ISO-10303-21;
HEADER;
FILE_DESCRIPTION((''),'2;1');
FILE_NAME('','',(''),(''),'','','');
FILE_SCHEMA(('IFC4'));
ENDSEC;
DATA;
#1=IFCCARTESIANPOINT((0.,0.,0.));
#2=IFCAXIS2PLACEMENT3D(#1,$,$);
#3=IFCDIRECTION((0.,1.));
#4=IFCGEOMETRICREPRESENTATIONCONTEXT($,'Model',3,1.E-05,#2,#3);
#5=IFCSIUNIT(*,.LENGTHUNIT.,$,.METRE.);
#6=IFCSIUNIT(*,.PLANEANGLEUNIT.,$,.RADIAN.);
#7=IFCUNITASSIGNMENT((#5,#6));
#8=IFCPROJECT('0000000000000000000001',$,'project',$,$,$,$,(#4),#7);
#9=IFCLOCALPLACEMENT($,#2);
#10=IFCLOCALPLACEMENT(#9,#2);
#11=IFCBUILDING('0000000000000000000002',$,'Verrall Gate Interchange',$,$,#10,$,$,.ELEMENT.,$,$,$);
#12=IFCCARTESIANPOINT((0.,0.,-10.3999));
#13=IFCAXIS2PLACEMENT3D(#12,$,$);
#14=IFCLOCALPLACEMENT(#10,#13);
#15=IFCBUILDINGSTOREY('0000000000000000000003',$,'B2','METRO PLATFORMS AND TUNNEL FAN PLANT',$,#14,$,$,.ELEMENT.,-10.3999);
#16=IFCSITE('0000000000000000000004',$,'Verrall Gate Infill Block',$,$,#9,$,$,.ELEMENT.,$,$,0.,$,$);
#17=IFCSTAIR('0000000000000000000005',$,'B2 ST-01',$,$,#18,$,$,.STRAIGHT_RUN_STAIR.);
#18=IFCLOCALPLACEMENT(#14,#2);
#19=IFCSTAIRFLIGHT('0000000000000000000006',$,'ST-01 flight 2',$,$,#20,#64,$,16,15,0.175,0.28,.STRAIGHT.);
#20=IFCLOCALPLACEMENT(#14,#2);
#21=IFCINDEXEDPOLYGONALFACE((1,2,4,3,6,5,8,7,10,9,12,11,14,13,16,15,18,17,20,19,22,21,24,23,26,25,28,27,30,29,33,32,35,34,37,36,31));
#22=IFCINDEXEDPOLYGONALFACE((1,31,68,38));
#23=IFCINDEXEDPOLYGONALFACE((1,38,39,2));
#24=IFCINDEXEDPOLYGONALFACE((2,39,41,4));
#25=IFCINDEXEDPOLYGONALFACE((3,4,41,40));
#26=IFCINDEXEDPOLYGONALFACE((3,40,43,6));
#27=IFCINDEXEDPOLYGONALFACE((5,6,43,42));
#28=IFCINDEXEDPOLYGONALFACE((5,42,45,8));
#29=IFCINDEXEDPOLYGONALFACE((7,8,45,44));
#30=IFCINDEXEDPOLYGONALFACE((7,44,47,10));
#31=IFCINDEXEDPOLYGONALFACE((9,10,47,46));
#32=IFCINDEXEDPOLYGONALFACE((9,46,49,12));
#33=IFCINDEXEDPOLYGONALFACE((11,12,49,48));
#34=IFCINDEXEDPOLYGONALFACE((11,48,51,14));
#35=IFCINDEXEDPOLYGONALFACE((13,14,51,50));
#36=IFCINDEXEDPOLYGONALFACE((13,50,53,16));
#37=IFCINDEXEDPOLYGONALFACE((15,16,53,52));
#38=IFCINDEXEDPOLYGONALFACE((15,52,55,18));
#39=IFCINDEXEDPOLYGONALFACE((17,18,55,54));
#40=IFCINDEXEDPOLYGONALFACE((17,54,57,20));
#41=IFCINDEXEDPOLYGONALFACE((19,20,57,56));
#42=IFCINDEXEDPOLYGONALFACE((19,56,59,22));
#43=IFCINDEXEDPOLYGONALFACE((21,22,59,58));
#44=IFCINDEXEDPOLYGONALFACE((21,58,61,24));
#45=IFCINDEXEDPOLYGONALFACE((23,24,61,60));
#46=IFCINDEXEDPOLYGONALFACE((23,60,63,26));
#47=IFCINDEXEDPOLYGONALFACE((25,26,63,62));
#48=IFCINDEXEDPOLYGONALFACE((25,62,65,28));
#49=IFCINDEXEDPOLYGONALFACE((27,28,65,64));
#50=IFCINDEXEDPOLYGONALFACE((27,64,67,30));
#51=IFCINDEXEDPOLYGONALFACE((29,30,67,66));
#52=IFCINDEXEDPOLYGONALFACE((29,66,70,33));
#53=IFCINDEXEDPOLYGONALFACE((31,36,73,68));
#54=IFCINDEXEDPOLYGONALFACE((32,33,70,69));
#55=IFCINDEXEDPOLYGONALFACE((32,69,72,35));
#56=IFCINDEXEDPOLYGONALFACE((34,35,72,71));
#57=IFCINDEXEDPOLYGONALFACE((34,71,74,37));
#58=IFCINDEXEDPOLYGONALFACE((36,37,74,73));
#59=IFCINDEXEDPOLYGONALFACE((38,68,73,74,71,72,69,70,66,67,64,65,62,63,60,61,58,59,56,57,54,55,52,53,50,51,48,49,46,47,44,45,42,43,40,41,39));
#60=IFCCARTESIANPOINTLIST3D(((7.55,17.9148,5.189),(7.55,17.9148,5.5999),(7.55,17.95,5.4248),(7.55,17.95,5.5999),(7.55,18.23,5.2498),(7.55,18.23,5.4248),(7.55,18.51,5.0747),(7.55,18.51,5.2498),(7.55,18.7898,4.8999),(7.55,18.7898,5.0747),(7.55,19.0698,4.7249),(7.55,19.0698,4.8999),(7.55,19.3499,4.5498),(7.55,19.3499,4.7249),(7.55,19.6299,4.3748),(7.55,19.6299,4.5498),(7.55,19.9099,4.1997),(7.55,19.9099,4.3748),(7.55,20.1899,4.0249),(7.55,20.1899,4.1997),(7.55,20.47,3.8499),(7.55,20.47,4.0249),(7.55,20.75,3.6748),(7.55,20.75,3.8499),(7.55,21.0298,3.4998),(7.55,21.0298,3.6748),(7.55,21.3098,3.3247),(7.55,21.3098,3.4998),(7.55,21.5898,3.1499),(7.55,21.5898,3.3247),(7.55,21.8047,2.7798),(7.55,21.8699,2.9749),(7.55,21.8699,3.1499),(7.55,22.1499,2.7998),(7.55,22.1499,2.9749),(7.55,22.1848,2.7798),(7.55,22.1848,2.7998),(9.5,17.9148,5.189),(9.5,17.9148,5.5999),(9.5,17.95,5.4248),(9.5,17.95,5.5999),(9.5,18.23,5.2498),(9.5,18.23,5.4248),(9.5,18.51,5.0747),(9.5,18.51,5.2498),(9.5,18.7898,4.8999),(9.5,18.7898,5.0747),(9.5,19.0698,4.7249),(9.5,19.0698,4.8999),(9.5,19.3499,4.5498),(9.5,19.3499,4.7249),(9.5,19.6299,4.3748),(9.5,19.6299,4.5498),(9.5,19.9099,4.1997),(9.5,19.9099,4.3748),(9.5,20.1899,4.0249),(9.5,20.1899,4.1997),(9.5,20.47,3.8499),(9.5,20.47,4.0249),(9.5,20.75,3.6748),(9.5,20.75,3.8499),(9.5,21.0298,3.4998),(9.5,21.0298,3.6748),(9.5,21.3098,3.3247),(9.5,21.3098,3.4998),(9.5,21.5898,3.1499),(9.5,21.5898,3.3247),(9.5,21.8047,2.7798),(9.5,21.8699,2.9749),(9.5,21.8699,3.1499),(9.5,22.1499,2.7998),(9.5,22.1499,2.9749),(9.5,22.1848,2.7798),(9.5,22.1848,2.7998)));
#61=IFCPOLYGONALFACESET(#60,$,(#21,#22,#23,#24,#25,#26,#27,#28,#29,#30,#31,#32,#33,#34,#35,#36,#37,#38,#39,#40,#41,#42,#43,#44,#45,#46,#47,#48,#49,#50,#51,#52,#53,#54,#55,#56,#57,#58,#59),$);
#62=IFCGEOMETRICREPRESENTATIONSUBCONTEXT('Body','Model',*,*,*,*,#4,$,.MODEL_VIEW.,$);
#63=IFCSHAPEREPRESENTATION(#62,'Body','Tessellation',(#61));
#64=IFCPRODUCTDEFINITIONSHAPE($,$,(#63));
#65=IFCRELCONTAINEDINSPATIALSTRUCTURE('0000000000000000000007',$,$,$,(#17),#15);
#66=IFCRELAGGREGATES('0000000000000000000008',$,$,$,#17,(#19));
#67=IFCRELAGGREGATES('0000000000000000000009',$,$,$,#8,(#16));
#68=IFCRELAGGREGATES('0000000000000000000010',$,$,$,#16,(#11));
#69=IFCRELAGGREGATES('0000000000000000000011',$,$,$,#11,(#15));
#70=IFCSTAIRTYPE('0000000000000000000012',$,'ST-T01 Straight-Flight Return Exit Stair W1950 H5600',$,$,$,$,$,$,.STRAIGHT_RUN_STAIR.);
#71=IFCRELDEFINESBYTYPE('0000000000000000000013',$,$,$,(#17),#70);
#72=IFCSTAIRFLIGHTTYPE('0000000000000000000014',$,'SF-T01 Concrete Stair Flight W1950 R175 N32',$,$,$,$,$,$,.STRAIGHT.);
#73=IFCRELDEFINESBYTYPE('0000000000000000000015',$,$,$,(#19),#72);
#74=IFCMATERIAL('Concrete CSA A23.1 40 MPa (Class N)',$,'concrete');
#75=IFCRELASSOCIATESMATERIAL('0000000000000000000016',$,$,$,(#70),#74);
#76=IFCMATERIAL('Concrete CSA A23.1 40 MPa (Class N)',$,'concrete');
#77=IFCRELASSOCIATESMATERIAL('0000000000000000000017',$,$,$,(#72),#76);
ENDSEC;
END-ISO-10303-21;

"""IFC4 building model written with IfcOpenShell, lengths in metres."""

from ifc_helpers import new_model, si_unit, direction, frame, origin, place, context, subcontext, project, spatial, polyline, outline, extrude, material, type_object, element, aggregate, save


model = new_model("IFC4")

# Units and contexts
model_context = context("Model", 3, precision=1e-05, world=origin(), true_north=direction((0.0, 1.0)))
body_context = subcontext(model_context, "Body", "Model", "MODEL_VIEW")
ifc_project = project(units=[si_unit("LENGTHUNIT", "METRE"), si_unit("PLANEANGLEUNIT", "RADIAN")], contexts=[model_context])

# Site, building, storey
site_placement = place(None, origin())
site = spatial("IfcSite", under=ifc_project, at=site_placement, Name="Verrall Gate Infill Block", CompositionType="ELEMENT", RefElevation=0.0)
building_placement = place(site_placement, origin())
building = spatial("IfcBuilding", under=site, at=building_placement, Name="Verrall Gate Interchange", CompositionType="ELEMENT")
storey_placement = place(building_placement, frame((0.0, 0.0, -10.3999)))
storey = spatial("IfcBuildingStorey", under=building, at=storey_placement, Name="B2", Description="METRO PLATFORMS AND TUNNEL FAN PLANT", CompositionType="ELEMENT", Elevation=-10.3999)

# Stair, stair flight
ifc_material_1 = material(Name="Concrete CSA A23.1 40 MPa (Class N)", Category="concrete")
stair_type = type_object("IfcStairType", Name="ST-T01 Straight-Flight Return Exit Stair W1950 H5600", PredefinedType="STRAIGHT_RUN_STAIR", material=ifc_material_1)
stair_placement = place(storey_placement, origin())
stair = element("IfcStair", 1, at=stair_placement, inside=storey, type_object=stair_type, Name="B2 ST-01", PredefinedType="STRAIGHT_RUN_STAIR")
ifc_material_2 = material(Name="Concrete CSA A23.1 40 MPa (Class N)", Category="concrete")
stair_flight_type = type_object("IfcStairFlightType", Name="SF-T01 Concrete Stair Flight W1950 R175 N32", PredefinedType="STRAIGHT", material=ifc_material_2)
stair_flight_placement = place(storey_placement, frame((8.5249, 22.1499, 2.7998), z_axis=(0.0, 0.0, 1.0), x_axis=(0.0, -1.0, 0.0)))
stair_flight = element("IfcStairFlight", 2, at=stair_flight_placement, type_object=stair_flight_type, Name="ST-01 flight 2", NumberOfRisers=16, NumberOfTreads=15, PredefinedType="STRAIGHT", RiserHeight=0.175, TreadLength=0.28, context=body_context, shape_type="SweptSolid", body=[
    extrude(outline(polyline([(-0.0349, -0.02), (-0.0349, 0.0), (0.0, 0.0), (0.0, 0.175), (0.28, 0.175), (0.28, 0.3501), (0.5601, 0.3501), (0.5601, 0.5249), (0.8401, 0.5249), (0.8401, 0.7), (1.1201, 0.7), (1.1201, 0.875), (1.3999, 0.875), (1.3999, 1.05), (1.6799, 1.05), (1.6799, 1.2251), (1.96, 1.2251), (1.96, 1.3999), (2.24, 1.3999), (2.24, 1.575), (2.52, 1.575), (2.52, 1.75), (2.8, 1.75), (2.8, 1.925), (3.0801, 1.925), (3.0801, 2.1001), (3.3601, 2.1001), (3.3601, 2.2749), (3.6399, 2.2749), (3.6399, 2.45), (3.9199, 2.45), (3.9199, 2.625), (4.2, 2.625), (4.2, 2.8), (4.2351, 2.8), (4.2351, 2.3892), (0.3452, -0.02), (-0.0349, -0.02)])), frame((0.0, 0.9751, 0.0), z_axis=(0.0, -1.0, 0.0), x_axis=(1.0, 0.0, 0.0)), (0.0, 0.0, 1.0), 1.95),
])
aggregate(stair, [stair_flight])

save(model, "model.ifc")
